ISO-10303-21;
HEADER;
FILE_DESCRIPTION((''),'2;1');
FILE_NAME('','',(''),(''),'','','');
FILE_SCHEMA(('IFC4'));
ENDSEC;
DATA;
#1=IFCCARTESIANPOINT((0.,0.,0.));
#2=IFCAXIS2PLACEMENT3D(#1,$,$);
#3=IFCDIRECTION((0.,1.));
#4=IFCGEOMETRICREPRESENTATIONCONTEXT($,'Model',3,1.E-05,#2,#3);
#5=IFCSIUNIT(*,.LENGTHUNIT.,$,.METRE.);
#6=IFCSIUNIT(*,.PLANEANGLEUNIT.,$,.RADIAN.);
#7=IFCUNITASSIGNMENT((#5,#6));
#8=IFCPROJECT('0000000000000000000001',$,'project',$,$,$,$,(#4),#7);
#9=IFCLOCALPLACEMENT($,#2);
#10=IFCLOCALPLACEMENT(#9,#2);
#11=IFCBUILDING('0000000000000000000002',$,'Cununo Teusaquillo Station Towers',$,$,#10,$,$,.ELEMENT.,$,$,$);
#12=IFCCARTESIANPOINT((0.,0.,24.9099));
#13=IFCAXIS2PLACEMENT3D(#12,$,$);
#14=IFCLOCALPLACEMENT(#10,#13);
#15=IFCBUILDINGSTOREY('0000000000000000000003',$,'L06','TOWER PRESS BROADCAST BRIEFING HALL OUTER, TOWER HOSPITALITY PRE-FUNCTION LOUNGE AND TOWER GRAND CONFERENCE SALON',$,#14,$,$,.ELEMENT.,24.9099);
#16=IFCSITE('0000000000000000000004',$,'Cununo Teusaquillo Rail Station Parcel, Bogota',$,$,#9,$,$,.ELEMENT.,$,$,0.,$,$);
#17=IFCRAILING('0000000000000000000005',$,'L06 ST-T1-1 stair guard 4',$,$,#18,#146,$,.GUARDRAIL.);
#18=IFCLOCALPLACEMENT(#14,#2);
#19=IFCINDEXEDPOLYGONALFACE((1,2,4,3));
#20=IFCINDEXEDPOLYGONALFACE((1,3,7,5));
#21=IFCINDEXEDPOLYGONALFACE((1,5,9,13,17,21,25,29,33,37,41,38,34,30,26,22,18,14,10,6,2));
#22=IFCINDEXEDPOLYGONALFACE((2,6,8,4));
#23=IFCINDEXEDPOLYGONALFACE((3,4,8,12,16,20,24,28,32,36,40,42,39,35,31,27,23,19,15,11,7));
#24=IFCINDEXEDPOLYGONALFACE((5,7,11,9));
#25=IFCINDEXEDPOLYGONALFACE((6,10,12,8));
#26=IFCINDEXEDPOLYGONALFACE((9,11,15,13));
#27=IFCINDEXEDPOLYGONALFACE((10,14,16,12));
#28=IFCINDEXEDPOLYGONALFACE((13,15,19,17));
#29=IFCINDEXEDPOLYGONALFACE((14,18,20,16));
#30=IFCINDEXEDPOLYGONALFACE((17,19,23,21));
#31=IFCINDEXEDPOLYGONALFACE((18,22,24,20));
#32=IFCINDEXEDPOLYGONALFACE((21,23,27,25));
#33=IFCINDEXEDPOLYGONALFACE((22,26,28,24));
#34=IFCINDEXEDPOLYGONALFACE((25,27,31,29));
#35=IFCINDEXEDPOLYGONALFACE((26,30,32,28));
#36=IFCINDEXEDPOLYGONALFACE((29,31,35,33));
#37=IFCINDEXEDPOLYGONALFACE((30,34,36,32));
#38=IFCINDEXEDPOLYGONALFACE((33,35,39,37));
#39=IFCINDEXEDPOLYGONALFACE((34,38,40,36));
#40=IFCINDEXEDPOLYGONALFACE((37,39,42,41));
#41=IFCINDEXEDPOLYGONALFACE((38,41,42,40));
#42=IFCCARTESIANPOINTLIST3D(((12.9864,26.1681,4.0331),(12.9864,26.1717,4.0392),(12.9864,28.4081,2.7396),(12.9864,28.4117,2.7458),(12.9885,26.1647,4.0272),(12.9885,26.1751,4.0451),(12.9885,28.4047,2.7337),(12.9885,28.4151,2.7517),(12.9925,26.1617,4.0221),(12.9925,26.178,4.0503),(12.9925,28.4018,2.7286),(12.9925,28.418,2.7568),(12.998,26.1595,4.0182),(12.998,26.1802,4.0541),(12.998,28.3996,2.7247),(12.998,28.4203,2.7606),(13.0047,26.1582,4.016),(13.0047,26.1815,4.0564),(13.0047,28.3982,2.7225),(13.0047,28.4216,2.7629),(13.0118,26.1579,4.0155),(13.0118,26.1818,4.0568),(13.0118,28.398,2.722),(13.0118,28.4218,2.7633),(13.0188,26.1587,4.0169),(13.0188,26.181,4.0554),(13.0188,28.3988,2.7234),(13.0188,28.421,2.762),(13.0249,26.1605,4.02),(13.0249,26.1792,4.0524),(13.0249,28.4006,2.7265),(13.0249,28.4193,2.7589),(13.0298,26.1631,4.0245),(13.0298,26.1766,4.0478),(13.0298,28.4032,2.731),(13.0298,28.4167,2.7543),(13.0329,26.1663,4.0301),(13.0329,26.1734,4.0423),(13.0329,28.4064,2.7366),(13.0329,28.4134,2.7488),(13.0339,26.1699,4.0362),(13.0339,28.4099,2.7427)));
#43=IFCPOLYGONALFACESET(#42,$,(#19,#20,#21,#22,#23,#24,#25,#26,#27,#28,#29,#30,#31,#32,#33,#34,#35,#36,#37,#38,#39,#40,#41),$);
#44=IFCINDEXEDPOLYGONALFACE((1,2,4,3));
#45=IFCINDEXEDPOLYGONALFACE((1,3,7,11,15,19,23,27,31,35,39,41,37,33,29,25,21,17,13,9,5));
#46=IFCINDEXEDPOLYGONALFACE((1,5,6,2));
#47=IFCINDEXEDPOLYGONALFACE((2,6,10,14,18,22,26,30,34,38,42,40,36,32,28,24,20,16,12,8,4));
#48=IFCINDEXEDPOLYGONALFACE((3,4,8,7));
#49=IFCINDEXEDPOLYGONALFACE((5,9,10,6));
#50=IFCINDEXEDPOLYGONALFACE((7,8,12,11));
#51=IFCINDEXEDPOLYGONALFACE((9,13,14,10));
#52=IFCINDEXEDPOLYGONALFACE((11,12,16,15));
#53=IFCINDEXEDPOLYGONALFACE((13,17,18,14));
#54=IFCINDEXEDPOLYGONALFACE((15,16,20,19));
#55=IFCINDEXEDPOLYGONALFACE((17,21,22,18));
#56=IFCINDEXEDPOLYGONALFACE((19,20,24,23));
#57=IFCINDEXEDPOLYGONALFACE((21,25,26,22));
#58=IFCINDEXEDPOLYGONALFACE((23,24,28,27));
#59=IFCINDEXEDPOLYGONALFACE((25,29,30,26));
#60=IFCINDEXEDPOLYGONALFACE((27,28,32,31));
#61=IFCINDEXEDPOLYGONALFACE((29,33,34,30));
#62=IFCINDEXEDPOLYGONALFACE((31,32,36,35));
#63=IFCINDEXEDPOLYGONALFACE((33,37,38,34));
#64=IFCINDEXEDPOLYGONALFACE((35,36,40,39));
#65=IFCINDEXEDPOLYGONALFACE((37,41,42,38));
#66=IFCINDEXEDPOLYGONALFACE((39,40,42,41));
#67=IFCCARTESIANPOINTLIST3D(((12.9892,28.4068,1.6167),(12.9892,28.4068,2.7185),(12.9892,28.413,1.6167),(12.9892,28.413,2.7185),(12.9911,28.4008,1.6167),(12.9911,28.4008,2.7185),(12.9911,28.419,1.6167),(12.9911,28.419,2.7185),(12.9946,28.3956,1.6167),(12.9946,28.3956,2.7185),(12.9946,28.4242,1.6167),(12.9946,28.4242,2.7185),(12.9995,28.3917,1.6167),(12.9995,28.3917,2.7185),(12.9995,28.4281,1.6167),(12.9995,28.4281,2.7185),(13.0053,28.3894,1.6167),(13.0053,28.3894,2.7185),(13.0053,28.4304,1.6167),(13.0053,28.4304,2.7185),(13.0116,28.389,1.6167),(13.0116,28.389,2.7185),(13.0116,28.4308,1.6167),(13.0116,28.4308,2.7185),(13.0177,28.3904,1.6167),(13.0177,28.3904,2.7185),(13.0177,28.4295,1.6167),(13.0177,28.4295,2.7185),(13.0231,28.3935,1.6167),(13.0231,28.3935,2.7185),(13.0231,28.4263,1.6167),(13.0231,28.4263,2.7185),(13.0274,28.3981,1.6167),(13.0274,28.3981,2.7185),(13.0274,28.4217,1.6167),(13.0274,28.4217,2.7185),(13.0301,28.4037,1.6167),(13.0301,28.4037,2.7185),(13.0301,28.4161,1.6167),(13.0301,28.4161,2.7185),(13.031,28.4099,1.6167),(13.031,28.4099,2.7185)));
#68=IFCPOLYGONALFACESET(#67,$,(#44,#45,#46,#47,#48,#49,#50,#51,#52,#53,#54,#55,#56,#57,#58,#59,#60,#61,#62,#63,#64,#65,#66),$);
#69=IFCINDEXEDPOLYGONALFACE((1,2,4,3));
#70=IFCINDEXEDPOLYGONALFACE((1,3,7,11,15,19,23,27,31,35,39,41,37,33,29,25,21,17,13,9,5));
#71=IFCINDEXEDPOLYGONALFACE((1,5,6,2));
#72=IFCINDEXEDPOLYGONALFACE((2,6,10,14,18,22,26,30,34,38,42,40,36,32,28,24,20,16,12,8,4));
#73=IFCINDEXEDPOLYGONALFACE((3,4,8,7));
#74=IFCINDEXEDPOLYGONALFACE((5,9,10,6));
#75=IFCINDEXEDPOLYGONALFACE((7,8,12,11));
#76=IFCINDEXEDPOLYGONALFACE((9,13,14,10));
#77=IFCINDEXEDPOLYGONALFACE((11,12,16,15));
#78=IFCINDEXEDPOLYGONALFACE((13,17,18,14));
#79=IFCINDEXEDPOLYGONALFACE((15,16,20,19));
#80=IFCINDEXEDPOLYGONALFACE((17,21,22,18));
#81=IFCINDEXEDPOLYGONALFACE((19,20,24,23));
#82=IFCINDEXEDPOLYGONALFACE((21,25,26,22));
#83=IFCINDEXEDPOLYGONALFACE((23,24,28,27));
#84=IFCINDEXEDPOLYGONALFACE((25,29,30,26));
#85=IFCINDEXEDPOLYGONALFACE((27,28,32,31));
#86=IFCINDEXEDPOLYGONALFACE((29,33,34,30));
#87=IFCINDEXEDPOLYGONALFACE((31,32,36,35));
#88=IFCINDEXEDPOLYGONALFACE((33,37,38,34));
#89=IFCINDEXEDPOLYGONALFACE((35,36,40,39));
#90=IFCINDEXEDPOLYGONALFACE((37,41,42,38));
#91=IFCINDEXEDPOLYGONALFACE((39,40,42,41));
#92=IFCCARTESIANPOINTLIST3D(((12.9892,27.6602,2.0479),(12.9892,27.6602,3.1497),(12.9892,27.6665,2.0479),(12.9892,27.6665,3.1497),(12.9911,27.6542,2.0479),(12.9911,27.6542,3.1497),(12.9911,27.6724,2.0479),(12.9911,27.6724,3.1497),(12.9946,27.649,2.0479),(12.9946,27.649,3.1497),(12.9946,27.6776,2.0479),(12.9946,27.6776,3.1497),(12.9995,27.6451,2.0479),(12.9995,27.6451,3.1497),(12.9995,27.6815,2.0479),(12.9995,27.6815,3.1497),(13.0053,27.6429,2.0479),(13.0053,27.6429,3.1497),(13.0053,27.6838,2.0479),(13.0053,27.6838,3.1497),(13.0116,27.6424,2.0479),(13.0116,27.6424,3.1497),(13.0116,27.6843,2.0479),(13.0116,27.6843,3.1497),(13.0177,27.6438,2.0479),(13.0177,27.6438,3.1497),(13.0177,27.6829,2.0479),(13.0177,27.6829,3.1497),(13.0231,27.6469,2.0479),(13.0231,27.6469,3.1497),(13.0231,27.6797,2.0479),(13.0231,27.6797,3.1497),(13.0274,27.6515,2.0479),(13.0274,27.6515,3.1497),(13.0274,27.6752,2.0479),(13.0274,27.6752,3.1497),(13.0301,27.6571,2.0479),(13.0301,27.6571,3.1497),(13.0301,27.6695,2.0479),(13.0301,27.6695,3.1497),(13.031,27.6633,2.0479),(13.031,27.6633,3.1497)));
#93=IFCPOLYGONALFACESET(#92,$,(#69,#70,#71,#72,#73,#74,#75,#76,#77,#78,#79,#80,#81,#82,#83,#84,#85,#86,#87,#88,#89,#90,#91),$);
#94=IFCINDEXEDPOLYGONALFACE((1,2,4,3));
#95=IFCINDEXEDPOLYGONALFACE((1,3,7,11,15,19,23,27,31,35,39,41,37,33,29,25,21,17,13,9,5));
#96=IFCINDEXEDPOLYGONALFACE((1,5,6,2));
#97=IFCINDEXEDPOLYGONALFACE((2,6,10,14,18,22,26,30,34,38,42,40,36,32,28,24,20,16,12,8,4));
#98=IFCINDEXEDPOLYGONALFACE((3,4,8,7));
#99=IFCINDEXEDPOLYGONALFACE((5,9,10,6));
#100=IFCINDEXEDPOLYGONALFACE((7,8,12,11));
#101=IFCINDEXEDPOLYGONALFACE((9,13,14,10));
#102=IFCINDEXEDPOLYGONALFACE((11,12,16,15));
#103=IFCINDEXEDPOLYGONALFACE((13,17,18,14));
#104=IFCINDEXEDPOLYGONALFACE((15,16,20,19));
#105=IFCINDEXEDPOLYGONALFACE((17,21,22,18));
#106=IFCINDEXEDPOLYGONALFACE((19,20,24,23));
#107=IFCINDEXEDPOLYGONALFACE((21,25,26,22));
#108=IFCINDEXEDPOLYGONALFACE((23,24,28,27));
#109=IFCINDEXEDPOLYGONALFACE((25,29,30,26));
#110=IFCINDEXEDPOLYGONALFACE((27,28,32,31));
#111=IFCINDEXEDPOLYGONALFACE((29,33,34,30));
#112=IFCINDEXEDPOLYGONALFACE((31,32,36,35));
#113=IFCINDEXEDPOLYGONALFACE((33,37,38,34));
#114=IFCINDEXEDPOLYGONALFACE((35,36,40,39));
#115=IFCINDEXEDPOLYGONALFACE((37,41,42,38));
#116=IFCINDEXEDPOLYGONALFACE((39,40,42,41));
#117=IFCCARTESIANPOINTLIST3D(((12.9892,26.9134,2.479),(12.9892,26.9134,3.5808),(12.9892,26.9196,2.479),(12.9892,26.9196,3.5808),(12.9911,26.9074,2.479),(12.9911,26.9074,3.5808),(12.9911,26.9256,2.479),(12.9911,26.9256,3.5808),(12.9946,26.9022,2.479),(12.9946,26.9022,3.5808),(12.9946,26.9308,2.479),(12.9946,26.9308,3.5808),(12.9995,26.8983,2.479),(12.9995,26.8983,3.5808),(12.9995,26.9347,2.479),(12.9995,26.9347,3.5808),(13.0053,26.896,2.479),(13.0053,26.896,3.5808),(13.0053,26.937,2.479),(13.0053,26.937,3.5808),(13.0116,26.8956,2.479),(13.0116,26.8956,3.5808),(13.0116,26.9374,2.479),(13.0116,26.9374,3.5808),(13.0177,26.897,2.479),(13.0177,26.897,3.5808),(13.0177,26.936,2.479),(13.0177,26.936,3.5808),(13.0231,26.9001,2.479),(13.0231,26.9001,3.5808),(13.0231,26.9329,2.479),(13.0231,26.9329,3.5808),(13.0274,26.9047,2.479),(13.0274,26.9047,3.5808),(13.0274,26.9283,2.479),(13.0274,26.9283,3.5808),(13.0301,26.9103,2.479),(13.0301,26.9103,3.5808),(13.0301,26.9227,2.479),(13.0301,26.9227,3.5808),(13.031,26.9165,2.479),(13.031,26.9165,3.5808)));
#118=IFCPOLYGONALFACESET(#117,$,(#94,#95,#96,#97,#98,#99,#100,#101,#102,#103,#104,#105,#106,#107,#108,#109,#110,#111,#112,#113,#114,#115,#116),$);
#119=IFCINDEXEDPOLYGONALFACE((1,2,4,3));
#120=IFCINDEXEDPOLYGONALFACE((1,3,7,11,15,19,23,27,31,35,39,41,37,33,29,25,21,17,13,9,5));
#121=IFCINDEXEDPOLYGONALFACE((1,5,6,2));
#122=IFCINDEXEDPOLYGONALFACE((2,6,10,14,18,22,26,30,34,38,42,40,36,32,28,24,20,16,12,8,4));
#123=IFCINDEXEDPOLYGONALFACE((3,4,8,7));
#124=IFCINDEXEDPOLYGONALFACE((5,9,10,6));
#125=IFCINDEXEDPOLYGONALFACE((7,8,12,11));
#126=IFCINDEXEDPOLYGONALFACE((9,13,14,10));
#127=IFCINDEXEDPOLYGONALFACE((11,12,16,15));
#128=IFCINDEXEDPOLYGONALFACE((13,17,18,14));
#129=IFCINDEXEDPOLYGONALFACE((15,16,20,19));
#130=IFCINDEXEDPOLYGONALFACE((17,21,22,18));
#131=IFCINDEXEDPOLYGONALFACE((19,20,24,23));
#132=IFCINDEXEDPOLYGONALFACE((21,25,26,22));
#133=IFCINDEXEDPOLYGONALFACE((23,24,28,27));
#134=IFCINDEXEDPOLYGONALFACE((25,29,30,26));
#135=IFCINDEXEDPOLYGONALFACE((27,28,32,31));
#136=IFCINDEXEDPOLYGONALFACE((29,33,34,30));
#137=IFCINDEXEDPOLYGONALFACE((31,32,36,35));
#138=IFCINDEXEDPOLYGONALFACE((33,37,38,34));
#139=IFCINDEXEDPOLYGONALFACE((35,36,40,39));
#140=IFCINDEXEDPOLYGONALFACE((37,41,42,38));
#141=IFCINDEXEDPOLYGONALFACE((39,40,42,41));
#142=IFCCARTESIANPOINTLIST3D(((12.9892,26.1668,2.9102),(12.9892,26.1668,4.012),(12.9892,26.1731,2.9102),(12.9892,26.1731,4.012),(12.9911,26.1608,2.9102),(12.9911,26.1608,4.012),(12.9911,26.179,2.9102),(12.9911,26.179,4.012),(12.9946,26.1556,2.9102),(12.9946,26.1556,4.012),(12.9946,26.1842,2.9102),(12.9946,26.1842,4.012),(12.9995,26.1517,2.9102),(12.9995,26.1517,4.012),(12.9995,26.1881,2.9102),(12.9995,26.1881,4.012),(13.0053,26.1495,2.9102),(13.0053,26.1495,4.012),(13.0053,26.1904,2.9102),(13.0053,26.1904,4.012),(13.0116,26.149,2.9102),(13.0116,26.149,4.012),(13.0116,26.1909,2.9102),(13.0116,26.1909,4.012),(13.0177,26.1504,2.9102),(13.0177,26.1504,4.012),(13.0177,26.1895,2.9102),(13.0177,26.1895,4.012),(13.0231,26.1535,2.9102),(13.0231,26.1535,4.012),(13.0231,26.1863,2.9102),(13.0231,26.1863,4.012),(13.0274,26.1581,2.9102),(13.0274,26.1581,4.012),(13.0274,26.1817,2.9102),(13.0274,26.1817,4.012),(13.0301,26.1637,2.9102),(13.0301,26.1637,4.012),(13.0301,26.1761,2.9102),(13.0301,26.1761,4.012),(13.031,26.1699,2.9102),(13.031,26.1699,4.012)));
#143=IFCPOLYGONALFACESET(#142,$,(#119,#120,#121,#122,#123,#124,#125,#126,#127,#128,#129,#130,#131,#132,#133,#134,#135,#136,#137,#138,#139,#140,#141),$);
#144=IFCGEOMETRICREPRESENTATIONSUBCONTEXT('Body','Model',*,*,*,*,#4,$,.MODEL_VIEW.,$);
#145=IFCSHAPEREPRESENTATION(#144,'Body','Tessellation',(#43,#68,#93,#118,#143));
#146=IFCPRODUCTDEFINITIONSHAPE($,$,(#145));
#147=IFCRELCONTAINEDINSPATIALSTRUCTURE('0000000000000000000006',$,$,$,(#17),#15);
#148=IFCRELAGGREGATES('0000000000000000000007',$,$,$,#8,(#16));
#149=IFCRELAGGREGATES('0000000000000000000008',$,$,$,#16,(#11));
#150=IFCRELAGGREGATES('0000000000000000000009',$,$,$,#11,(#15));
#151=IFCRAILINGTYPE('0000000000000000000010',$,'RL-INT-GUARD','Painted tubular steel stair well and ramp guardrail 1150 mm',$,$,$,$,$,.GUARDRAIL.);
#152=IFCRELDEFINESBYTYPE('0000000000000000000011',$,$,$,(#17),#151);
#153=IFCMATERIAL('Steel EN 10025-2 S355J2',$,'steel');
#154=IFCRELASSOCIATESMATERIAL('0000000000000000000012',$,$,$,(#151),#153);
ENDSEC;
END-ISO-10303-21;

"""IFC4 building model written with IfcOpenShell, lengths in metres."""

from ifc_helpers import new_model, si_unit, direction, frame, origin, origin_2d, place, context, subcontext, project, spatial, circle, extrude, material, type_object, element, save


model = new_model("IFC4")

# Units and contexts
model_context = context("Model", 3, precision=1e-05, world=origin(), true_north=direction((0.0, 1.0)))
body_context = subcontext(model_context, "Body", "Model", "MODEL_VIEW")
ifc_project = project(units=[si_unit("LENGTHUNIT", "METRE"), si_unit("PLANEANGLEUNIT", "RADIAN")], contexts=[model_context])

# Site, building, storey
site_placement = place(None, origin())
site = spatial("IfcSite", under=ifc_project, at=site_placement, Name="Cununo Teusaquillo Rail Station Parcel, Bogota", CompositionType="ELEMENT", RefElevation=0.0)
building_placement = place(site_placement, origin())
building = spatial("IfcBuilding", under=site, at=building_placement, Name="Cununo Teusaquillo Station Towers", CompositionType="ELEMENT")
storey_placement = place(building_placement, frame((0.0, 0.0, 24.9099)))
storey = spatial("IfcBuildingStorey", under=building, at=storey_placement, Name="L06", Description="TOWER PRESS BROADCAST BRIEFING HALL OUTER, TOWER HOSPITALITY PRE-FUNCTION LOUNGE AND TOWER GRAND CONFERENCE SALON", CompositionType="ELEMENT", Elevation=24.9099)

# Railing
ifc_material_1 = material(Name="Steel EN 10025-2 S355J2", Category="steel")
railing_type_1 = type_object("IfcRailingType", Name="RL-INT-GUARD", Description="Painted tubular steel stair well and ramp guardrail 1150 mm", PredefinedType="GUARDRAIL", material=ifc_material_1)
railing_1_placement = place(storey_placement, frame((13.01, 28.4099, 1.6167)))
element("IfcRailing", 1, at=railing_1_placement, inside=storey, type_object=railing_type_1, Name="L06 ST-T1-1 stair guard 4", PredefinedType="GUARDRAIL", context=body_context, shape_type="SweptSolid", body=[
    extrude(circle(Radius=0.0239, at=origin_2d()), frame((0.0, 0.0, 1.126), z_axis=(0.0, -0.865992, 0.500057), x_axis=(1.0, 0.0, 0.0)), (0.0, 0.0, 1.0), 2.5867),
    extrude(circle(Radius=0.021, at=origin_2d()), origin(), (0.0, 0.0, 1.0), 1.1018),
    extrude(circle(Radius=0.021, at=origin_2d()), frame((0.0, -0.7466, 0.4312)), (0.0, 0.0, 1.0), 1.1018),
    extrude(circle(Radius=0.021, at=origin_2d()), frame((0.0, -1.4934, 0.8623)), (0.0, 0.0, 1.0), 1.1018),
    extrude(circle(Radius=0.021, at=origin_2d()), frame((0.0, -2.24, 1.2935)), (0.0, 0.0, 1.0), 1.1018),
])

save(model, "model.ifc")
